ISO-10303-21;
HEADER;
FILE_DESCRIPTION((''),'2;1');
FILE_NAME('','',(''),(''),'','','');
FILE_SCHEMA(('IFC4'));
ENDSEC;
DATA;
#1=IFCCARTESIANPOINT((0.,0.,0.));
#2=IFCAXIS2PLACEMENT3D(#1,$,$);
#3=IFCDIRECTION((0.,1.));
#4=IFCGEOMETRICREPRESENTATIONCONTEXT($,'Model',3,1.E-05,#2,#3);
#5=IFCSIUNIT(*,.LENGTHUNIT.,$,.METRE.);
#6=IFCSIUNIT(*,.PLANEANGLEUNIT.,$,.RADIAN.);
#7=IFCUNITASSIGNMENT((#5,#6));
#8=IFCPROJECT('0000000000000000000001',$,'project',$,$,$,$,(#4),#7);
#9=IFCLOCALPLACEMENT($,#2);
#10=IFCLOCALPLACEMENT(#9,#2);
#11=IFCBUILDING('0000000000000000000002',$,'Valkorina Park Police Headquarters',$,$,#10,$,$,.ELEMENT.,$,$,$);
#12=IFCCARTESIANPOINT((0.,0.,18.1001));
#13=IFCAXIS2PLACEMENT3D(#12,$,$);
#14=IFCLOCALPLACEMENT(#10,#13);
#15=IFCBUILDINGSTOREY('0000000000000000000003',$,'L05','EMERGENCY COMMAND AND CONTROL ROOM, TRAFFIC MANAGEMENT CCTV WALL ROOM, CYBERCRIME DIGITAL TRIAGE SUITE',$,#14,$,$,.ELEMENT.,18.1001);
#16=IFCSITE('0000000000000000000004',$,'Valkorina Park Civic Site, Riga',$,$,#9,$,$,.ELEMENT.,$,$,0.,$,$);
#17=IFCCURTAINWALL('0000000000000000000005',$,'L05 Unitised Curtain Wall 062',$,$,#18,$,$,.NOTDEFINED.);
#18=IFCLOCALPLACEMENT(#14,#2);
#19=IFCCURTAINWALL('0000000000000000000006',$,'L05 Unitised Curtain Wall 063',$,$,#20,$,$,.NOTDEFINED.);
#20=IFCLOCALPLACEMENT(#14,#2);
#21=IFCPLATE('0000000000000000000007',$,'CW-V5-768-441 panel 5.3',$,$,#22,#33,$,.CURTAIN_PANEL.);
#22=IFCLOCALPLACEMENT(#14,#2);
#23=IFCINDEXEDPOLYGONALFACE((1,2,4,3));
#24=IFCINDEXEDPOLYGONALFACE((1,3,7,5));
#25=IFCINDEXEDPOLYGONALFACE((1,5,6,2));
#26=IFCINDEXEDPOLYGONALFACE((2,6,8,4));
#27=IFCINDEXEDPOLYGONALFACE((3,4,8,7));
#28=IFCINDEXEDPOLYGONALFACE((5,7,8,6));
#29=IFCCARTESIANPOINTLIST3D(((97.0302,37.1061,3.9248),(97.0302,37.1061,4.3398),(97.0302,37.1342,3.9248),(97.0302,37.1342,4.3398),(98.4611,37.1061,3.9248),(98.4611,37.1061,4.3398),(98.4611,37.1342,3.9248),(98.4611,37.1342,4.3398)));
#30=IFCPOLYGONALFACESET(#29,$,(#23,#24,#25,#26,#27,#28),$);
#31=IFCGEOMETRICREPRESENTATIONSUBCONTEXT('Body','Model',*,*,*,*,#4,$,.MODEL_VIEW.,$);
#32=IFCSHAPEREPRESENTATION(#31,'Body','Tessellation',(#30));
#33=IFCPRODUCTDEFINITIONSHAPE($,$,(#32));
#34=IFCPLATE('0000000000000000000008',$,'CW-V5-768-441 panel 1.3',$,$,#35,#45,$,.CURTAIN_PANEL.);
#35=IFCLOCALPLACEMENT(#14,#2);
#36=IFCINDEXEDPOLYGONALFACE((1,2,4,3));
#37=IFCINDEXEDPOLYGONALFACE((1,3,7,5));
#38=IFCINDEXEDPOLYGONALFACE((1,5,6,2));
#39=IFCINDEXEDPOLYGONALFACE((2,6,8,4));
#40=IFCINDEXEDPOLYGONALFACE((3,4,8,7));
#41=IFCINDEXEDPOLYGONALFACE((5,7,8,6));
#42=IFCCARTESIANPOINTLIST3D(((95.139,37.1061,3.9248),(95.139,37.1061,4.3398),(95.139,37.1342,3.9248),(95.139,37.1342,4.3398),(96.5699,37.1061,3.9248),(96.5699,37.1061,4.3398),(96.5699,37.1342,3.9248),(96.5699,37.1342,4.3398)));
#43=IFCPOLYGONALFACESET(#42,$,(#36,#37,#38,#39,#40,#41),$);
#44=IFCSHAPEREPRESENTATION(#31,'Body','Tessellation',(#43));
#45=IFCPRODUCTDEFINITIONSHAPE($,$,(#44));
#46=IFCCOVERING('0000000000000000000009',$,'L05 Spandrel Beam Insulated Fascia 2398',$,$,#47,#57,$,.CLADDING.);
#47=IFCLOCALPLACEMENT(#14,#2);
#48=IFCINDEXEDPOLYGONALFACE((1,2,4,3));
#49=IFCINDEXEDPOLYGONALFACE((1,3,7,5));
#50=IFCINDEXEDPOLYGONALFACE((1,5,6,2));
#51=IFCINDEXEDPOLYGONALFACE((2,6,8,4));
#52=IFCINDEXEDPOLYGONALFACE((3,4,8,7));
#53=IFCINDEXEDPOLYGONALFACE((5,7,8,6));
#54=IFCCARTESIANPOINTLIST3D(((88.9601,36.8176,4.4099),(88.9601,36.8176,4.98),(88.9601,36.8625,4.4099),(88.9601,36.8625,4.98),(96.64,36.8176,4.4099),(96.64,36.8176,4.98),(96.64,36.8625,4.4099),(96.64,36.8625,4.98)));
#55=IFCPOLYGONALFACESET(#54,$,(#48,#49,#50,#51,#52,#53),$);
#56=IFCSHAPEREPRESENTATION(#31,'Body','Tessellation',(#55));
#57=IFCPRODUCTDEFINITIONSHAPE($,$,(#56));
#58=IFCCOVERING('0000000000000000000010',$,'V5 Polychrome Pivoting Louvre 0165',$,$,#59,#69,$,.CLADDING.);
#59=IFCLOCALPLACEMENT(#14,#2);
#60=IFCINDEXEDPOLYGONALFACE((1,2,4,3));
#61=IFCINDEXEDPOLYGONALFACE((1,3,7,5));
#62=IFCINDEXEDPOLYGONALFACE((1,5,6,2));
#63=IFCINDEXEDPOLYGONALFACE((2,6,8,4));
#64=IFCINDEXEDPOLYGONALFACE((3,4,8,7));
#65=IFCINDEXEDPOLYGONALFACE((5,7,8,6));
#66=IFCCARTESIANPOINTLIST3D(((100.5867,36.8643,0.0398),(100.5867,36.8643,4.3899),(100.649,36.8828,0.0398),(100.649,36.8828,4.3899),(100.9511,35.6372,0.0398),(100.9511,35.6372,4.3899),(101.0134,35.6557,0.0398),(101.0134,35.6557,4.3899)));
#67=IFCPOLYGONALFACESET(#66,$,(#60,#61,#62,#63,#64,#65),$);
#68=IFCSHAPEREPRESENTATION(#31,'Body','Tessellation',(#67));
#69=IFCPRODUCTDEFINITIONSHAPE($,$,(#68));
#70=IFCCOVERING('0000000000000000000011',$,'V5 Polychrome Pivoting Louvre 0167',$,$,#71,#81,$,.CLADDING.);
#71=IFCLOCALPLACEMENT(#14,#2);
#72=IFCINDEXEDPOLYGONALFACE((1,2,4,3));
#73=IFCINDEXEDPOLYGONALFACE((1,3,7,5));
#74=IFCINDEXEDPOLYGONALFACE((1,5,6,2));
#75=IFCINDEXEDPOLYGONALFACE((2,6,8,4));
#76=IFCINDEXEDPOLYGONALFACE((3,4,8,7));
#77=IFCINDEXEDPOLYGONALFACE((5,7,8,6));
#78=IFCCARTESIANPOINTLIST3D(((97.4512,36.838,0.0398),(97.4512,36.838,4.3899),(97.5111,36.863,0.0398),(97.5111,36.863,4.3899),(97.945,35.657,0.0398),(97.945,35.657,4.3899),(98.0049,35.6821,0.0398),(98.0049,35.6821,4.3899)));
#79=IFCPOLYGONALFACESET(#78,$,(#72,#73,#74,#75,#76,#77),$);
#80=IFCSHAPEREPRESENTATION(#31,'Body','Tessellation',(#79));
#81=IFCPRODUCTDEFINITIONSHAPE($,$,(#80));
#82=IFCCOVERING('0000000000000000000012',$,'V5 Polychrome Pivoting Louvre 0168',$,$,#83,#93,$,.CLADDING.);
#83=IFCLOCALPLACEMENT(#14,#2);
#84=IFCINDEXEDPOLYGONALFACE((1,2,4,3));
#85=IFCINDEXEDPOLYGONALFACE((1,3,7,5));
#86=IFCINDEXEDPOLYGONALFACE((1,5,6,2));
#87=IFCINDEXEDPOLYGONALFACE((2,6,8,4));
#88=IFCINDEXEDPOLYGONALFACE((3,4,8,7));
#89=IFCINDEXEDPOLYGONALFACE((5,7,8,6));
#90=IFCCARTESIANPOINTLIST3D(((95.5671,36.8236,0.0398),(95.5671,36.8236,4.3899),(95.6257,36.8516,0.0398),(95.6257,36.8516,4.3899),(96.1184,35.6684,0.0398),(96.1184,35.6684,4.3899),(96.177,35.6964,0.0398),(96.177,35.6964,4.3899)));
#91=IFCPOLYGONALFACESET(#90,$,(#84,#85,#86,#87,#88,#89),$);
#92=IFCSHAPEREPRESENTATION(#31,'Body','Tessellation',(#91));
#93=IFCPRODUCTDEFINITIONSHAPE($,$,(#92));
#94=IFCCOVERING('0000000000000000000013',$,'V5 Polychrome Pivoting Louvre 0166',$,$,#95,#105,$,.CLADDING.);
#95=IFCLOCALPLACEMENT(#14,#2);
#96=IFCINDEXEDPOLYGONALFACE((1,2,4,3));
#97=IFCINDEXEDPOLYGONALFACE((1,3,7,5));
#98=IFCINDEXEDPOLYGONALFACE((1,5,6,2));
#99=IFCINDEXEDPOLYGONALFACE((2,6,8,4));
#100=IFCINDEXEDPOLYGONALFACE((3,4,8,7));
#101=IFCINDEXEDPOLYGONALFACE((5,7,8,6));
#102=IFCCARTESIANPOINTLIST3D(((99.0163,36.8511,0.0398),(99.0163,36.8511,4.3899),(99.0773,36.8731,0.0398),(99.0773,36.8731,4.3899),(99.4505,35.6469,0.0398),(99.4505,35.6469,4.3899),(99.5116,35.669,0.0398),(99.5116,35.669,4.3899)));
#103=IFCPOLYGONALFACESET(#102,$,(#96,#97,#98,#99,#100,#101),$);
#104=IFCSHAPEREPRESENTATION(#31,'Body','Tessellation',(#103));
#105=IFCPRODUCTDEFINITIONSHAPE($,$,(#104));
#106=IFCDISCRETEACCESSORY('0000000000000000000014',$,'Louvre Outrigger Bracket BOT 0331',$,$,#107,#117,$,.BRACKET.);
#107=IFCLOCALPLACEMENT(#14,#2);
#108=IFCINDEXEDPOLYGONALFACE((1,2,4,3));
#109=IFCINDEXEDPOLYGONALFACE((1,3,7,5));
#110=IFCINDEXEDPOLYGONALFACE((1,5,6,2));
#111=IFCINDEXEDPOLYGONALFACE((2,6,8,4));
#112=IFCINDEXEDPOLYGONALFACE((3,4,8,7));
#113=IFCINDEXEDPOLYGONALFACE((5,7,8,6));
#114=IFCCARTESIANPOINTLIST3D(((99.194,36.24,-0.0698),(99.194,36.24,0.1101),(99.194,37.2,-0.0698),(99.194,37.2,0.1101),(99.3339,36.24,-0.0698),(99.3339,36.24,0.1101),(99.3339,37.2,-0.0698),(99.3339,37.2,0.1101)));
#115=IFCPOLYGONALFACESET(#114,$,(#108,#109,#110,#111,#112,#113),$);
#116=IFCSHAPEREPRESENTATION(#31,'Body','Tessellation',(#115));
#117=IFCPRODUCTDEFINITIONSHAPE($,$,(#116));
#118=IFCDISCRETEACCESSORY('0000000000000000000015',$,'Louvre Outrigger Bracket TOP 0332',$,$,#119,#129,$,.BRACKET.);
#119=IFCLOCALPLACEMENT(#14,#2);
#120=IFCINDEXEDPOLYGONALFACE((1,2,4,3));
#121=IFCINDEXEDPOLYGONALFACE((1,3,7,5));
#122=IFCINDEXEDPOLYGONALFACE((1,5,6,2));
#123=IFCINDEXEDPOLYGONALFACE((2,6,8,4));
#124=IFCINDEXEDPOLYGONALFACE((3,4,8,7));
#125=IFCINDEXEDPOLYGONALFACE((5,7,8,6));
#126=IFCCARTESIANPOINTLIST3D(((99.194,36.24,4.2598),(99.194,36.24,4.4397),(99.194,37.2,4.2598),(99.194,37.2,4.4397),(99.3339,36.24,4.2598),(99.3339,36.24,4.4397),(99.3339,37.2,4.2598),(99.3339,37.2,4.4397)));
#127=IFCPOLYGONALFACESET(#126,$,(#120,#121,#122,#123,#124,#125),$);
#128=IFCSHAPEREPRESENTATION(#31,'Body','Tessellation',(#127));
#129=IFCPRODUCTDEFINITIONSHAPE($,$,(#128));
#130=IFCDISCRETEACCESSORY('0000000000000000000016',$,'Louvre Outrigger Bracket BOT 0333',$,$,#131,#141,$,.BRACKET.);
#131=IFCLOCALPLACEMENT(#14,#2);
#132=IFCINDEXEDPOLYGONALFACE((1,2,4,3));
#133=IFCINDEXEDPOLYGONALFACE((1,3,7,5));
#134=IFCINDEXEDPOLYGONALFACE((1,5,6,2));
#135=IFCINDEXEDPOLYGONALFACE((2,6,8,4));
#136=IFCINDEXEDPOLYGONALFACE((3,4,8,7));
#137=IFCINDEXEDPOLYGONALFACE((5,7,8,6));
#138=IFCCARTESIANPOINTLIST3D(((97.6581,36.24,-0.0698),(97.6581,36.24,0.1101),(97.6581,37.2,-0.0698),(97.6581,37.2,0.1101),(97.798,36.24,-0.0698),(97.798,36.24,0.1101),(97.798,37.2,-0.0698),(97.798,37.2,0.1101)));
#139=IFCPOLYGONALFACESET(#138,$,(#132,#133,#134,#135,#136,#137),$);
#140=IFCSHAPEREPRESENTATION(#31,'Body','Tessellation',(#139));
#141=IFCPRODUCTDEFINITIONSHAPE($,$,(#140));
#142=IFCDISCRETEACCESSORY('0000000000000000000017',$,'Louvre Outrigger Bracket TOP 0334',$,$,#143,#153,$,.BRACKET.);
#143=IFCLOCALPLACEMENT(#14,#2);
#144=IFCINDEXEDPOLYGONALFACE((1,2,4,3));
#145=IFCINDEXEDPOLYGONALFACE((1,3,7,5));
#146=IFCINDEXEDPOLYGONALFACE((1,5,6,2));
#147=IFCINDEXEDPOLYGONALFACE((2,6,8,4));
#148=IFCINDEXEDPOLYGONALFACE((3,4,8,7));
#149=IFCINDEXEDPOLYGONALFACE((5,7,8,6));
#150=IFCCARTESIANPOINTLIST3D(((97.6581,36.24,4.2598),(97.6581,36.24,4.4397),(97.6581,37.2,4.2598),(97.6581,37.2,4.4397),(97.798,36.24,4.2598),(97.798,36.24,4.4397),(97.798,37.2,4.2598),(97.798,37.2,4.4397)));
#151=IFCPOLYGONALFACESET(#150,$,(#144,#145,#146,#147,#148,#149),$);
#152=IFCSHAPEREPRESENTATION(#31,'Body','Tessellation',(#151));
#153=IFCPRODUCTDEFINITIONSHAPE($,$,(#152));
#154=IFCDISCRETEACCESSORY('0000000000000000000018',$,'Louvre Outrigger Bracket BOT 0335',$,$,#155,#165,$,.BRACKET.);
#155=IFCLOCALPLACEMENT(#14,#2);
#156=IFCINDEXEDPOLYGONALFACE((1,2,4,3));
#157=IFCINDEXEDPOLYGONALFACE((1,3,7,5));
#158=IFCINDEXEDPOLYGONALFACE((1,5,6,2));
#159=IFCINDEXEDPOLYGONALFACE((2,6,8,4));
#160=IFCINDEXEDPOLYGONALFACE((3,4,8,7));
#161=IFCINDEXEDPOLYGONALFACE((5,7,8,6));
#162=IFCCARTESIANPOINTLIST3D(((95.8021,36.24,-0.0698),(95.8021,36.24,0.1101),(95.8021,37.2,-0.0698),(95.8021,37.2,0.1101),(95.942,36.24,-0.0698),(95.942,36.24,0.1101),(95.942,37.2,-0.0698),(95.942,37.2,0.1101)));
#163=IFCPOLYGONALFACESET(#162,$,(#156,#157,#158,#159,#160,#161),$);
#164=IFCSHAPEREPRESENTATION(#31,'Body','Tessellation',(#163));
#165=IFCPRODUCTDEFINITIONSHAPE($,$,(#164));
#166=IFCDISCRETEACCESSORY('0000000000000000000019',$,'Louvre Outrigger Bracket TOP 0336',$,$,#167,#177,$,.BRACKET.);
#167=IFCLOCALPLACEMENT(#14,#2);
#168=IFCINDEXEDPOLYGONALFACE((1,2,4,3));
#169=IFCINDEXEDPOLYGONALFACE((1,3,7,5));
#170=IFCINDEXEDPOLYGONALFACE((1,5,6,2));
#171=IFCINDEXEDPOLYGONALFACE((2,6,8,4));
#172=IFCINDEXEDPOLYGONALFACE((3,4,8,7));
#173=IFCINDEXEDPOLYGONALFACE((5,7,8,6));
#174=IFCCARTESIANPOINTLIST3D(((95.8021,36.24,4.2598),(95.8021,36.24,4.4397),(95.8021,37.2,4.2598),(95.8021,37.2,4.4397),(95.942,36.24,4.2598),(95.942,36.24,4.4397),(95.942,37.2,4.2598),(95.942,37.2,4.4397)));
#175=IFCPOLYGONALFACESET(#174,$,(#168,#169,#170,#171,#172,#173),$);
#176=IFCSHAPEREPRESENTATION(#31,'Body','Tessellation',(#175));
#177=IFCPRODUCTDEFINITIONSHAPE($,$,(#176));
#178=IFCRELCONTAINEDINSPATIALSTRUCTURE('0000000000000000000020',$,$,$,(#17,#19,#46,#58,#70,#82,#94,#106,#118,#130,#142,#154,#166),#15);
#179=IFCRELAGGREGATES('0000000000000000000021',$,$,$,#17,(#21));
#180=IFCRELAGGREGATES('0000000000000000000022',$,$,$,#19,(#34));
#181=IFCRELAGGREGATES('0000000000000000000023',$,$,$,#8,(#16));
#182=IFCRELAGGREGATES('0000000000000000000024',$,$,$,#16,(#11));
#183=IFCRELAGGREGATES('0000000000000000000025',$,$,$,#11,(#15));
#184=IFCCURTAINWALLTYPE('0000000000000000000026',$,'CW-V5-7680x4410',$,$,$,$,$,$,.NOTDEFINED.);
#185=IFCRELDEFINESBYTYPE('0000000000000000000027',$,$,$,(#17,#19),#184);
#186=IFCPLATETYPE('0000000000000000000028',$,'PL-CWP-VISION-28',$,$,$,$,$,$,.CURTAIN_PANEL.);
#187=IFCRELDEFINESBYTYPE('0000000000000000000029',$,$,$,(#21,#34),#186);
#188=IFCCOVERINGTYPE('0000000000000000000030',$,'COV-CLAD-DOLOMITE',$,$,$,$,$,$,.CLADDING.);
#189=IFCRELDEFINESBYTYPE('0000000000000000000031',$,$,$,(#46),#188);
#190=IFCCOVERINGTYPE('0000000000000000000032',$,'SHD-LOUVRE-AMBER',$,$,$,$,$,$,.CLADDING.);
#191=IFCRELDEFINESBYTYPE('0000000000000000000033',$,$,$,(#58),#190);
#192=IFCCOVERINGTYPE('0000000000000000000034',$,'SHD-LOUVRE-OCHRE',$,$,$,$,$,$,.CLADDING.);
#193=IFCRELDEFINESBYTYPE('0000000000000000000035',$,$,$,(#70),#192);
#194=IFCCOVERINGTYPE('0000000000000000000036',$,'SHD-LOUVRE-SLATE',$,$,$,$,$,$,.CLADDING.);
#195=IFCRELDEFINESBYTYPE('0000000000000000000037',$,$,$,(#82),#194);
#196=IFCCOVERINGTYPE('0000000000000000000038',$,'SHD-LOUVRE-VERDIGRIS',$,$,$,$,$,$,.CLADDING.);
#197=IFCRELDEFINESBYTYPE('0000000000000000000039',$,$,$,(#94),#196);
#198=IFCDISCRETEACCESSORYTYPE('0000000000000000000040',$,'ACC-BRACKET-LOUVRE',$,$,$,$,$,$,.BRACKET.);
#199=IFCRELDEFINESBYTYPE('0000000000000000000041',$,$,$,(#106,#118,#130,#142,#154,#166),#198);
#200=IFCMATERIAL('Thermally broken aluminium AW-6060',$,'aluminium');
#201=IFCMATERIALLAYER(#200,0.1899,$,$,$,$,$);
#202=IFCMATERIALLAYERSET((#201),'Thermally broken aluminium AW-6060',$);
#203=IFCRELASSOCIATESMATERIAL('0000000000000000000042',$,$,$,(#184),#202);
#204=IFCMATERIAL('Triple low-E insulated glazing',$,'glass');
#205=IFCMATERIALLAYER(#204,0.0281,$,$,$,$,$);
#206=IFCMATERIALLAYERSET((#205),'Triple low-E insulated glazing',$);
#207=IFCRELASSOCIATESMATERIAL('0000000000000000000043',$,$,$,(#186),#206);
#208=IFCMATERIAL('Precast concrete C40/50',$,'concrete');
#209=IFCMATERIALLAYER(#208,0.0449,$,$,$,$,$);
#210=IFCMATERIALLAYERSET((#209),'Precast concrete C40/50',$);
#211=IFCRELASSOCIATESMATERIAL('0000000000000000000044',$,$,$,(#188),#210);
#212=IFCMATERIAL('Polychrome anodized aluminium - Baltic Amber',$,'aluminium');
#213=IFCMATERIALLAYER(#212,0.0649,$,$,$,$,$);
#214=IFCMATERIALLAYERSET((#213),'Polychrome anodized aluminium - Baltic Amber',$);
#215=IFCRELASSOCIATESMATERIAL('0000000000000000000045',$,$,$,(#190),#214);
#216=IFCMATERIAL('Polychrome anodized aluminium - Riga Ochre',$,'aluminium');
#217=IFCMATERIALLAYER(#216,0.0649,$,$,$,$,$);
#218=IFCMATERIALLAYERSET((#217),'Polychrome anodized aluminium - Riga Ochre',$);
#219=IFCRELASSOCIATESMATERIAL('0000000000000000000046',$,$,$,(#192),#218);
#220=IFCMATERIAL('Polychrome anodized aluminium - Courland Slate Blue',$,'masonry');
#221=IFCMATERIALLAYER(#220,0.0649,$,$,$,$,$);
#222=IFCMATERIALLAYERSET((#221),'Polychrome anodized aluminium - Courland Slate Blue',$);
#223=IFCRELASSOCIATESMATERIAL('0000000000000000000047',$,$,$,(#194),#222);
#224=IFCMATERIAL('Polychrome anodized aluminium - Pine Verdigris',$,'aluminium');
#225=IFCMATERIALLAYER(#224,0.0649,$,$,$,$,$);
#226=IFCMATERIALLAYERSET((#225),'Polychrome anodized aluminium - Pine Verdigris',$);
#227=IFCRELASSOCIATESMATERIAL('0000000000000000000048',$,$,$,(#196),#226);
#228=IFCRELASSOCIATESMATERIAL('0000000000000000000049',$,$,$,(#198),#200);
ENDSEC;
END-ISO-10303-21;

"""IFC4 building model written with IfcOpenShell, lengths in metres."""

from ifc_helpers import new_model, si_unit, direction, frame, frame_2d, origin, origin_2d, place, context, subcontext, project, spatial, rectangle, extrude, material, layer, layer_set, type_object, element, aggregate, save


model = new_model("IFC4")

# Units and contexts
model_context = context("Model", 3, precision=1e-05, world=origin(), true_north=direction((0.0, 1.0)))
body_context = subcontext(model_context, "Body", "Model", "MODEL_VIEW")
ifc_project = project(units=[si_unit("LENGTHUNIT", "METRE"), si_unit("PLANEANGLEUNIT", "RADIAN")], contexts=[model_context])

# Site, building, storey
site_placement = place(None, origin())
site = spatial("IfcSite", under=ifc_project, at=site_placement, Name="Valkorina Park Civic Site, Riga", CompositionType="ELEMENT", RefElevation=0.0)
building_placement = place(site_placement, origin())
building = spatial("IfcBuilding", under=site, at=building_placement, Name="Valkorina Park Police Headquarters", CompositionType="ELEMENT")
storey_placement = place(building_placement, frame((0.0, 0.0, 18.1001)))
storey = spatial("IfcBuildingStorey", under=building, at=storey_placement, Name="L05", Description="EMERGENCY COMMAND AND CONTROL ROOM, TRAFFIC MANAGEMENT CCTV WALL ROOM, CYBERCRIME DIGITAL TRIAGE SUITE", CompositionType="ELEMENT", Elevation=18.1001)

# Curtain wall
ifc_material_1 = material(Name="Thermally broken aluminium AW-6060", Category="aluminium")
ifc_layer_1 = layer(ifc_material_1, 0.1899)
ifc_layer_set_1 = layer_set([ifc_layer_1], Name="Thermally broken aluminium AW-6060")
curtain_wall_type = type_object("IfcCurtainWallType", Name="CW-V5-7680x4410", PredefinedType="NOTDEFINED", material=ifc_layer_set_1)
curtain_wall_1_placement = place(storey_placement, origin())
curtain_wall_1 = element("IfcCurtainWall", 1, at=curtain_wall_1_placement, inside=storey, type_object=curtain_wall_type, Name="L05 Unitised Curtain Wall 062", PredefinedType="NOTDEFINED")

# Curtain wall
curtain_wall_2_placement = place(storey_placement, origin())
curtain_wall_2 = element("IfcCurtainWall", 2, at=curtain_wall_2_placement, inside=storey, type_object=curtain_wall_type, Name="L05 Unitised Curtain Wall 063", PredefinedType="NOTDEFINED")

# Plates
ifc_material_2 = material(Name="Triple low-E insulated glazing", Category="glass")
ifc_layer_2 = layer(ifc_material_2, 0.0281)
ifc_layer_set_2 = layer_set([ifc_layer_2], Name="Triple low-E insulated glazing")
plate_type_1 = type_object("IfcPlateType", Name="PL-CWP-VISION-28", PredefinedType="CURTAIN_PANEL", material=ifc_layer_set_2)
plate_1_placement = place(storey_placement, frame((97.7456, 37.1201, 3.9248), z_axis=(0.0, 0.0, 1.0), x_axis=(-1.0, 0.0, 0.0)))
plate_1 = element("IfcPlate", 3, at=plate_1_placement, type_object=plate_type_1, Name="CW-V5-768-441 panel 5.3", PredefinedType="CURTAIN_PANEL", context=body_context, shape_type="SweptSolid", body=[
    extrude(rectangle(XDim=1.4309, YDim=0.0281, at=origin_2d()), origin(), (0.0, 0.0, 1.0), 0.415),
])
aggregate(curtain_wall_1, [plate_1])
plate_2_placement = place(storey_placement, frame((95.8545, 37.1201, 3.9248), z_axis=(0.0, 0.0, 1.0), x_axis=(-1.0, 0.0, 0.0)))
plate_2 = element("IfcPlate", 4, at=plate_2_placement, type_object=plate_type_1, Name="CW-V5-768-441 panel 1.3", PredefinedType="CURTAIN_PANEL", context=body_context, shape_type="SweptSolid", body=[
    extrude(rectangle(XDim=1.4309, YDim=0.0281, at=origin_2d()), origin(), (0.0, 0.0, 1.0), 0.415),
])
aggregate(curtain_wall_2, [plate_2])

# Coverings
ifc_material_3 = material(Name="Precast concrete C40/50", Category="concrete")
ifc_layer_3 = layer(ifc_material_3, 0.0449)
ifc_layer_set_3 = layer_set([ifc_layer_3], Name="Precast concrete C40/50")
covering_type_1 = type_object("IfcCoveringType", Name="COV-CLAD-DOLOMITE", PredefinedType="CLADDING", material=ifc_layer_set_3)
covering_1_placement = place(storey_placement, frame((96.6399, 36.8401, 4.4099), z_axis=(0.0, 0.0, 1.0), x_axis=(-1.0, 0.0, 0.0)))
element("IfcCovering", 5, at=covering_1_placement, inside=storey, type_object=covering_type_1, Name="L05 Spandrel Beam Insulated Fascia 2398", PredefinedType="CLADDING", context=body_context, shape_type="SweptSolid", body=[
    extrude(rectangle(XDim=7.6799, YDim=0.0449, at=frame_2d((3.8398, 0.0))), origin(), (0.0, 0.0, 1.0), 0.5701),
])
ifc_material_4 = material(Name="Polychrome anodized aluminium - Baltic Amber", Category="aluminium")
ifc_layer_4 = layer(ifc_material_4, 0.0649)
ifc_layer_set_4 = layer_set([ifc_layer_4], Name="Polychrome anodized aluminium - Baltic Amber")
covering_type_2 = type_object("IfcCoveringType", Name="SHD-LOUVRE-AMBER", PredefinedType="CLADDING", material=ifc_layer_set_4)
covering_2_placement = place(storey_placement, frame((100.8, 36.26, 0.0398), z_axis=(0.0, 0.0, 1.0), x_axis=(0.284685, -0.958621, 0.0)))
element("IfcCovering", 6, at=covering_2_placement, inside=storey, type_object=covering_type_2, Name="V5 Polychrome Pivoting Louvre 0165", PredefinedType="CLADDING", context=body_context, shape_type="SweptSolid", body=[
    extrude(rectangle(XDim=1.28, YDim=0.0649, at=origin_2d()), origin(), (0.0, 0.0, 1.0), 4.3501),
])
ifc_material_5 = material(Name="Polychrome anodized aluminium - Riga Ochre", Category="aluminium")
ifc_layer_5 = layer(ifc_material_5, 0.0649)
ifc_layer_set_5 = layer_set([ifc_layer_5], Name="Polychrome anodized aluminium - Riga Ochre")
covering_type_3 = type_object("IfcCoveringType", Name="SHD-LOUVRE-OCHRE", PredefinedType="CLADDING", material=ifc_layer_set_5)
covering_3_placement = place(storey_placement, frame((97.728, 36.26, 0.0398), z_axis=(0.0, 0.0, 1.0), x_axis=(0.385745, -0.922605, 0.0)))
element("IfcCovering", 7, at=covering_3_placement, inside=storey, type_object=covering_type_3, Name="V5 Polychrome Pivoting Louvre 0167", PredefinedType="CLADDING", context=body_context, shape_type="SweptSolid", body=[
    extrude(rectangle(XDim=1.28, YDim=0.0649, at=origin_2d()), origin(), (0.0, 0.0, 1.0), 4.3501),
])
ifc_material_6 = material(Name="Polychrome anodized aluminium - Courland Slate Blue", Category="masonry")
ifc_layer_6 = layer(ifc_material_6, 0.0649)
ifc_layer_set_6 = layer_set([ifc_layer_6], Name="Polychrome anodized aluminium - Courland Slate Blue")
covering_type_4 = type_object("IfcCoveringType", Name="SHD-LOUVRE-SLATE", PredefinedType="CLADDING", material=ifc_layer_set_6)
covering_4_placement = place(storey_placement, frame((95.8721, 36.26, 0.0398), z_axis=(0.0, 0.0, 1.0), x_axis=(0.430669, -0.90251, 0.0)))
element("IfcCovering", 8, at=covering_4_placement, inside=storey, type_object=covering_type_4, Name="V5 Polychrome Pivoting Louvre 0168", PredefinedType="CLADDING", context=body_context, shape_type="SweptSolid", body=[
    extrude(rectangle(XDim=1.28, YDim=0.0649, at=origin_2d()), origin(), (0.0, 0.0, 1.0), 4.3501),
])
ifc_material_7 = material(Name="Polychrome anodized aluminium - Pine Verdigris", Category="aluminium")
ifc_layer_7 = layer(ifc_material_7, 0.0649)
ifc_layer_set_7 = layer_set([ifc_layer_7], Name="Polychrome anodized aluminium - Pine Verdigris")
covering_type_5 = type_object("IfcCoveringType", Name="SHD-LOUVRE-VERDIGRIS", PredefinedType="CLADDING", material=ifc_layer_set_7)
covering_5_placement = place(storey_placement, frame((99.2639, 36.26, 0.0398), z_axis=(0.0, 0.0, 1.0), x_axis=(0.339231, -0.940703, 0.0)))
element("IfcCovering", 9, at=covering_5_placement, inside=storey, type_object=covering_type_5, Name="V5 Polychrome Pivoting Louvre 0166", PredefinedType="CLADDING", context=body_context, shape_type="SweptSolid", body=[
    extrude(rectangle(XDim=1.28, YDim=0.0649, at=origin_2d()), origin(), (0.0, 0.0, 1.0), 4.3501),
])

# Discrete accessories
discrete_accessory_type = type_object("IfcDiscreteAccessoryType", Name="ACC-BRACKET-LOUVRE", PredefinedType="BRACKET", material=ifc_material_1)
for number, where, z_axis, x_axis, name in (
    (10, (99.2639, 36.72, -0.0698), (0.0, 0.0, 1.0), (0.0, -1.0, 0.0), "Louvre Outrigger Bracket BOT 0331"),
    (11, (99.2639, 36.72, 4.2598), (0.0, 0.0, 1.0), (0.0, -1.0, 0.0), "Louvre Outrigger Bracket TOP 0332"),
    (12, (97.728, 36.72, -0.0698), (0.0, 0.0, 1.0), (0.0, -1.0, 0.0), "Louvre Outrigger Bracket BOT 0333"),
    (13, (97.728, 36.72, 4.2598), (0.0, 0.0, 1.0), (0.0, -1.0, 0.0), "Louvre Outrigger Bracket TOP 0334"),
    (14, (95.8721, 36.72, -0.0698), (0.0, 0.0, 1.0), (0.0, -1.0, 0.0), "Louvre Outrigger Bracket BOT 0335"),
    (15, (95.8721, 36.72, 4.2598), (0.0, 0.0, 1.0), (0.0, -1.0, 0.0), "Louvre Outrigger Bracket TOP 0336"),
):
    element("IfcDiscreteAccessory", number, at=place(storey_placement, frame(where, z_axis=z_axis, x_axis=x_axis)), inside=storey, type_object=discrete_accessory_type, Name=name, PredefinedType="BRACKET", context=body_context, shape_type="SweptSolid", body=[
        extrude(rectangle(XDim=0.96, YDim=0.1399, at=origin_2d()), origin(), (0.0, 0.0, 1.0), 0.1799),
    ])

save(model, "model.ifc")
